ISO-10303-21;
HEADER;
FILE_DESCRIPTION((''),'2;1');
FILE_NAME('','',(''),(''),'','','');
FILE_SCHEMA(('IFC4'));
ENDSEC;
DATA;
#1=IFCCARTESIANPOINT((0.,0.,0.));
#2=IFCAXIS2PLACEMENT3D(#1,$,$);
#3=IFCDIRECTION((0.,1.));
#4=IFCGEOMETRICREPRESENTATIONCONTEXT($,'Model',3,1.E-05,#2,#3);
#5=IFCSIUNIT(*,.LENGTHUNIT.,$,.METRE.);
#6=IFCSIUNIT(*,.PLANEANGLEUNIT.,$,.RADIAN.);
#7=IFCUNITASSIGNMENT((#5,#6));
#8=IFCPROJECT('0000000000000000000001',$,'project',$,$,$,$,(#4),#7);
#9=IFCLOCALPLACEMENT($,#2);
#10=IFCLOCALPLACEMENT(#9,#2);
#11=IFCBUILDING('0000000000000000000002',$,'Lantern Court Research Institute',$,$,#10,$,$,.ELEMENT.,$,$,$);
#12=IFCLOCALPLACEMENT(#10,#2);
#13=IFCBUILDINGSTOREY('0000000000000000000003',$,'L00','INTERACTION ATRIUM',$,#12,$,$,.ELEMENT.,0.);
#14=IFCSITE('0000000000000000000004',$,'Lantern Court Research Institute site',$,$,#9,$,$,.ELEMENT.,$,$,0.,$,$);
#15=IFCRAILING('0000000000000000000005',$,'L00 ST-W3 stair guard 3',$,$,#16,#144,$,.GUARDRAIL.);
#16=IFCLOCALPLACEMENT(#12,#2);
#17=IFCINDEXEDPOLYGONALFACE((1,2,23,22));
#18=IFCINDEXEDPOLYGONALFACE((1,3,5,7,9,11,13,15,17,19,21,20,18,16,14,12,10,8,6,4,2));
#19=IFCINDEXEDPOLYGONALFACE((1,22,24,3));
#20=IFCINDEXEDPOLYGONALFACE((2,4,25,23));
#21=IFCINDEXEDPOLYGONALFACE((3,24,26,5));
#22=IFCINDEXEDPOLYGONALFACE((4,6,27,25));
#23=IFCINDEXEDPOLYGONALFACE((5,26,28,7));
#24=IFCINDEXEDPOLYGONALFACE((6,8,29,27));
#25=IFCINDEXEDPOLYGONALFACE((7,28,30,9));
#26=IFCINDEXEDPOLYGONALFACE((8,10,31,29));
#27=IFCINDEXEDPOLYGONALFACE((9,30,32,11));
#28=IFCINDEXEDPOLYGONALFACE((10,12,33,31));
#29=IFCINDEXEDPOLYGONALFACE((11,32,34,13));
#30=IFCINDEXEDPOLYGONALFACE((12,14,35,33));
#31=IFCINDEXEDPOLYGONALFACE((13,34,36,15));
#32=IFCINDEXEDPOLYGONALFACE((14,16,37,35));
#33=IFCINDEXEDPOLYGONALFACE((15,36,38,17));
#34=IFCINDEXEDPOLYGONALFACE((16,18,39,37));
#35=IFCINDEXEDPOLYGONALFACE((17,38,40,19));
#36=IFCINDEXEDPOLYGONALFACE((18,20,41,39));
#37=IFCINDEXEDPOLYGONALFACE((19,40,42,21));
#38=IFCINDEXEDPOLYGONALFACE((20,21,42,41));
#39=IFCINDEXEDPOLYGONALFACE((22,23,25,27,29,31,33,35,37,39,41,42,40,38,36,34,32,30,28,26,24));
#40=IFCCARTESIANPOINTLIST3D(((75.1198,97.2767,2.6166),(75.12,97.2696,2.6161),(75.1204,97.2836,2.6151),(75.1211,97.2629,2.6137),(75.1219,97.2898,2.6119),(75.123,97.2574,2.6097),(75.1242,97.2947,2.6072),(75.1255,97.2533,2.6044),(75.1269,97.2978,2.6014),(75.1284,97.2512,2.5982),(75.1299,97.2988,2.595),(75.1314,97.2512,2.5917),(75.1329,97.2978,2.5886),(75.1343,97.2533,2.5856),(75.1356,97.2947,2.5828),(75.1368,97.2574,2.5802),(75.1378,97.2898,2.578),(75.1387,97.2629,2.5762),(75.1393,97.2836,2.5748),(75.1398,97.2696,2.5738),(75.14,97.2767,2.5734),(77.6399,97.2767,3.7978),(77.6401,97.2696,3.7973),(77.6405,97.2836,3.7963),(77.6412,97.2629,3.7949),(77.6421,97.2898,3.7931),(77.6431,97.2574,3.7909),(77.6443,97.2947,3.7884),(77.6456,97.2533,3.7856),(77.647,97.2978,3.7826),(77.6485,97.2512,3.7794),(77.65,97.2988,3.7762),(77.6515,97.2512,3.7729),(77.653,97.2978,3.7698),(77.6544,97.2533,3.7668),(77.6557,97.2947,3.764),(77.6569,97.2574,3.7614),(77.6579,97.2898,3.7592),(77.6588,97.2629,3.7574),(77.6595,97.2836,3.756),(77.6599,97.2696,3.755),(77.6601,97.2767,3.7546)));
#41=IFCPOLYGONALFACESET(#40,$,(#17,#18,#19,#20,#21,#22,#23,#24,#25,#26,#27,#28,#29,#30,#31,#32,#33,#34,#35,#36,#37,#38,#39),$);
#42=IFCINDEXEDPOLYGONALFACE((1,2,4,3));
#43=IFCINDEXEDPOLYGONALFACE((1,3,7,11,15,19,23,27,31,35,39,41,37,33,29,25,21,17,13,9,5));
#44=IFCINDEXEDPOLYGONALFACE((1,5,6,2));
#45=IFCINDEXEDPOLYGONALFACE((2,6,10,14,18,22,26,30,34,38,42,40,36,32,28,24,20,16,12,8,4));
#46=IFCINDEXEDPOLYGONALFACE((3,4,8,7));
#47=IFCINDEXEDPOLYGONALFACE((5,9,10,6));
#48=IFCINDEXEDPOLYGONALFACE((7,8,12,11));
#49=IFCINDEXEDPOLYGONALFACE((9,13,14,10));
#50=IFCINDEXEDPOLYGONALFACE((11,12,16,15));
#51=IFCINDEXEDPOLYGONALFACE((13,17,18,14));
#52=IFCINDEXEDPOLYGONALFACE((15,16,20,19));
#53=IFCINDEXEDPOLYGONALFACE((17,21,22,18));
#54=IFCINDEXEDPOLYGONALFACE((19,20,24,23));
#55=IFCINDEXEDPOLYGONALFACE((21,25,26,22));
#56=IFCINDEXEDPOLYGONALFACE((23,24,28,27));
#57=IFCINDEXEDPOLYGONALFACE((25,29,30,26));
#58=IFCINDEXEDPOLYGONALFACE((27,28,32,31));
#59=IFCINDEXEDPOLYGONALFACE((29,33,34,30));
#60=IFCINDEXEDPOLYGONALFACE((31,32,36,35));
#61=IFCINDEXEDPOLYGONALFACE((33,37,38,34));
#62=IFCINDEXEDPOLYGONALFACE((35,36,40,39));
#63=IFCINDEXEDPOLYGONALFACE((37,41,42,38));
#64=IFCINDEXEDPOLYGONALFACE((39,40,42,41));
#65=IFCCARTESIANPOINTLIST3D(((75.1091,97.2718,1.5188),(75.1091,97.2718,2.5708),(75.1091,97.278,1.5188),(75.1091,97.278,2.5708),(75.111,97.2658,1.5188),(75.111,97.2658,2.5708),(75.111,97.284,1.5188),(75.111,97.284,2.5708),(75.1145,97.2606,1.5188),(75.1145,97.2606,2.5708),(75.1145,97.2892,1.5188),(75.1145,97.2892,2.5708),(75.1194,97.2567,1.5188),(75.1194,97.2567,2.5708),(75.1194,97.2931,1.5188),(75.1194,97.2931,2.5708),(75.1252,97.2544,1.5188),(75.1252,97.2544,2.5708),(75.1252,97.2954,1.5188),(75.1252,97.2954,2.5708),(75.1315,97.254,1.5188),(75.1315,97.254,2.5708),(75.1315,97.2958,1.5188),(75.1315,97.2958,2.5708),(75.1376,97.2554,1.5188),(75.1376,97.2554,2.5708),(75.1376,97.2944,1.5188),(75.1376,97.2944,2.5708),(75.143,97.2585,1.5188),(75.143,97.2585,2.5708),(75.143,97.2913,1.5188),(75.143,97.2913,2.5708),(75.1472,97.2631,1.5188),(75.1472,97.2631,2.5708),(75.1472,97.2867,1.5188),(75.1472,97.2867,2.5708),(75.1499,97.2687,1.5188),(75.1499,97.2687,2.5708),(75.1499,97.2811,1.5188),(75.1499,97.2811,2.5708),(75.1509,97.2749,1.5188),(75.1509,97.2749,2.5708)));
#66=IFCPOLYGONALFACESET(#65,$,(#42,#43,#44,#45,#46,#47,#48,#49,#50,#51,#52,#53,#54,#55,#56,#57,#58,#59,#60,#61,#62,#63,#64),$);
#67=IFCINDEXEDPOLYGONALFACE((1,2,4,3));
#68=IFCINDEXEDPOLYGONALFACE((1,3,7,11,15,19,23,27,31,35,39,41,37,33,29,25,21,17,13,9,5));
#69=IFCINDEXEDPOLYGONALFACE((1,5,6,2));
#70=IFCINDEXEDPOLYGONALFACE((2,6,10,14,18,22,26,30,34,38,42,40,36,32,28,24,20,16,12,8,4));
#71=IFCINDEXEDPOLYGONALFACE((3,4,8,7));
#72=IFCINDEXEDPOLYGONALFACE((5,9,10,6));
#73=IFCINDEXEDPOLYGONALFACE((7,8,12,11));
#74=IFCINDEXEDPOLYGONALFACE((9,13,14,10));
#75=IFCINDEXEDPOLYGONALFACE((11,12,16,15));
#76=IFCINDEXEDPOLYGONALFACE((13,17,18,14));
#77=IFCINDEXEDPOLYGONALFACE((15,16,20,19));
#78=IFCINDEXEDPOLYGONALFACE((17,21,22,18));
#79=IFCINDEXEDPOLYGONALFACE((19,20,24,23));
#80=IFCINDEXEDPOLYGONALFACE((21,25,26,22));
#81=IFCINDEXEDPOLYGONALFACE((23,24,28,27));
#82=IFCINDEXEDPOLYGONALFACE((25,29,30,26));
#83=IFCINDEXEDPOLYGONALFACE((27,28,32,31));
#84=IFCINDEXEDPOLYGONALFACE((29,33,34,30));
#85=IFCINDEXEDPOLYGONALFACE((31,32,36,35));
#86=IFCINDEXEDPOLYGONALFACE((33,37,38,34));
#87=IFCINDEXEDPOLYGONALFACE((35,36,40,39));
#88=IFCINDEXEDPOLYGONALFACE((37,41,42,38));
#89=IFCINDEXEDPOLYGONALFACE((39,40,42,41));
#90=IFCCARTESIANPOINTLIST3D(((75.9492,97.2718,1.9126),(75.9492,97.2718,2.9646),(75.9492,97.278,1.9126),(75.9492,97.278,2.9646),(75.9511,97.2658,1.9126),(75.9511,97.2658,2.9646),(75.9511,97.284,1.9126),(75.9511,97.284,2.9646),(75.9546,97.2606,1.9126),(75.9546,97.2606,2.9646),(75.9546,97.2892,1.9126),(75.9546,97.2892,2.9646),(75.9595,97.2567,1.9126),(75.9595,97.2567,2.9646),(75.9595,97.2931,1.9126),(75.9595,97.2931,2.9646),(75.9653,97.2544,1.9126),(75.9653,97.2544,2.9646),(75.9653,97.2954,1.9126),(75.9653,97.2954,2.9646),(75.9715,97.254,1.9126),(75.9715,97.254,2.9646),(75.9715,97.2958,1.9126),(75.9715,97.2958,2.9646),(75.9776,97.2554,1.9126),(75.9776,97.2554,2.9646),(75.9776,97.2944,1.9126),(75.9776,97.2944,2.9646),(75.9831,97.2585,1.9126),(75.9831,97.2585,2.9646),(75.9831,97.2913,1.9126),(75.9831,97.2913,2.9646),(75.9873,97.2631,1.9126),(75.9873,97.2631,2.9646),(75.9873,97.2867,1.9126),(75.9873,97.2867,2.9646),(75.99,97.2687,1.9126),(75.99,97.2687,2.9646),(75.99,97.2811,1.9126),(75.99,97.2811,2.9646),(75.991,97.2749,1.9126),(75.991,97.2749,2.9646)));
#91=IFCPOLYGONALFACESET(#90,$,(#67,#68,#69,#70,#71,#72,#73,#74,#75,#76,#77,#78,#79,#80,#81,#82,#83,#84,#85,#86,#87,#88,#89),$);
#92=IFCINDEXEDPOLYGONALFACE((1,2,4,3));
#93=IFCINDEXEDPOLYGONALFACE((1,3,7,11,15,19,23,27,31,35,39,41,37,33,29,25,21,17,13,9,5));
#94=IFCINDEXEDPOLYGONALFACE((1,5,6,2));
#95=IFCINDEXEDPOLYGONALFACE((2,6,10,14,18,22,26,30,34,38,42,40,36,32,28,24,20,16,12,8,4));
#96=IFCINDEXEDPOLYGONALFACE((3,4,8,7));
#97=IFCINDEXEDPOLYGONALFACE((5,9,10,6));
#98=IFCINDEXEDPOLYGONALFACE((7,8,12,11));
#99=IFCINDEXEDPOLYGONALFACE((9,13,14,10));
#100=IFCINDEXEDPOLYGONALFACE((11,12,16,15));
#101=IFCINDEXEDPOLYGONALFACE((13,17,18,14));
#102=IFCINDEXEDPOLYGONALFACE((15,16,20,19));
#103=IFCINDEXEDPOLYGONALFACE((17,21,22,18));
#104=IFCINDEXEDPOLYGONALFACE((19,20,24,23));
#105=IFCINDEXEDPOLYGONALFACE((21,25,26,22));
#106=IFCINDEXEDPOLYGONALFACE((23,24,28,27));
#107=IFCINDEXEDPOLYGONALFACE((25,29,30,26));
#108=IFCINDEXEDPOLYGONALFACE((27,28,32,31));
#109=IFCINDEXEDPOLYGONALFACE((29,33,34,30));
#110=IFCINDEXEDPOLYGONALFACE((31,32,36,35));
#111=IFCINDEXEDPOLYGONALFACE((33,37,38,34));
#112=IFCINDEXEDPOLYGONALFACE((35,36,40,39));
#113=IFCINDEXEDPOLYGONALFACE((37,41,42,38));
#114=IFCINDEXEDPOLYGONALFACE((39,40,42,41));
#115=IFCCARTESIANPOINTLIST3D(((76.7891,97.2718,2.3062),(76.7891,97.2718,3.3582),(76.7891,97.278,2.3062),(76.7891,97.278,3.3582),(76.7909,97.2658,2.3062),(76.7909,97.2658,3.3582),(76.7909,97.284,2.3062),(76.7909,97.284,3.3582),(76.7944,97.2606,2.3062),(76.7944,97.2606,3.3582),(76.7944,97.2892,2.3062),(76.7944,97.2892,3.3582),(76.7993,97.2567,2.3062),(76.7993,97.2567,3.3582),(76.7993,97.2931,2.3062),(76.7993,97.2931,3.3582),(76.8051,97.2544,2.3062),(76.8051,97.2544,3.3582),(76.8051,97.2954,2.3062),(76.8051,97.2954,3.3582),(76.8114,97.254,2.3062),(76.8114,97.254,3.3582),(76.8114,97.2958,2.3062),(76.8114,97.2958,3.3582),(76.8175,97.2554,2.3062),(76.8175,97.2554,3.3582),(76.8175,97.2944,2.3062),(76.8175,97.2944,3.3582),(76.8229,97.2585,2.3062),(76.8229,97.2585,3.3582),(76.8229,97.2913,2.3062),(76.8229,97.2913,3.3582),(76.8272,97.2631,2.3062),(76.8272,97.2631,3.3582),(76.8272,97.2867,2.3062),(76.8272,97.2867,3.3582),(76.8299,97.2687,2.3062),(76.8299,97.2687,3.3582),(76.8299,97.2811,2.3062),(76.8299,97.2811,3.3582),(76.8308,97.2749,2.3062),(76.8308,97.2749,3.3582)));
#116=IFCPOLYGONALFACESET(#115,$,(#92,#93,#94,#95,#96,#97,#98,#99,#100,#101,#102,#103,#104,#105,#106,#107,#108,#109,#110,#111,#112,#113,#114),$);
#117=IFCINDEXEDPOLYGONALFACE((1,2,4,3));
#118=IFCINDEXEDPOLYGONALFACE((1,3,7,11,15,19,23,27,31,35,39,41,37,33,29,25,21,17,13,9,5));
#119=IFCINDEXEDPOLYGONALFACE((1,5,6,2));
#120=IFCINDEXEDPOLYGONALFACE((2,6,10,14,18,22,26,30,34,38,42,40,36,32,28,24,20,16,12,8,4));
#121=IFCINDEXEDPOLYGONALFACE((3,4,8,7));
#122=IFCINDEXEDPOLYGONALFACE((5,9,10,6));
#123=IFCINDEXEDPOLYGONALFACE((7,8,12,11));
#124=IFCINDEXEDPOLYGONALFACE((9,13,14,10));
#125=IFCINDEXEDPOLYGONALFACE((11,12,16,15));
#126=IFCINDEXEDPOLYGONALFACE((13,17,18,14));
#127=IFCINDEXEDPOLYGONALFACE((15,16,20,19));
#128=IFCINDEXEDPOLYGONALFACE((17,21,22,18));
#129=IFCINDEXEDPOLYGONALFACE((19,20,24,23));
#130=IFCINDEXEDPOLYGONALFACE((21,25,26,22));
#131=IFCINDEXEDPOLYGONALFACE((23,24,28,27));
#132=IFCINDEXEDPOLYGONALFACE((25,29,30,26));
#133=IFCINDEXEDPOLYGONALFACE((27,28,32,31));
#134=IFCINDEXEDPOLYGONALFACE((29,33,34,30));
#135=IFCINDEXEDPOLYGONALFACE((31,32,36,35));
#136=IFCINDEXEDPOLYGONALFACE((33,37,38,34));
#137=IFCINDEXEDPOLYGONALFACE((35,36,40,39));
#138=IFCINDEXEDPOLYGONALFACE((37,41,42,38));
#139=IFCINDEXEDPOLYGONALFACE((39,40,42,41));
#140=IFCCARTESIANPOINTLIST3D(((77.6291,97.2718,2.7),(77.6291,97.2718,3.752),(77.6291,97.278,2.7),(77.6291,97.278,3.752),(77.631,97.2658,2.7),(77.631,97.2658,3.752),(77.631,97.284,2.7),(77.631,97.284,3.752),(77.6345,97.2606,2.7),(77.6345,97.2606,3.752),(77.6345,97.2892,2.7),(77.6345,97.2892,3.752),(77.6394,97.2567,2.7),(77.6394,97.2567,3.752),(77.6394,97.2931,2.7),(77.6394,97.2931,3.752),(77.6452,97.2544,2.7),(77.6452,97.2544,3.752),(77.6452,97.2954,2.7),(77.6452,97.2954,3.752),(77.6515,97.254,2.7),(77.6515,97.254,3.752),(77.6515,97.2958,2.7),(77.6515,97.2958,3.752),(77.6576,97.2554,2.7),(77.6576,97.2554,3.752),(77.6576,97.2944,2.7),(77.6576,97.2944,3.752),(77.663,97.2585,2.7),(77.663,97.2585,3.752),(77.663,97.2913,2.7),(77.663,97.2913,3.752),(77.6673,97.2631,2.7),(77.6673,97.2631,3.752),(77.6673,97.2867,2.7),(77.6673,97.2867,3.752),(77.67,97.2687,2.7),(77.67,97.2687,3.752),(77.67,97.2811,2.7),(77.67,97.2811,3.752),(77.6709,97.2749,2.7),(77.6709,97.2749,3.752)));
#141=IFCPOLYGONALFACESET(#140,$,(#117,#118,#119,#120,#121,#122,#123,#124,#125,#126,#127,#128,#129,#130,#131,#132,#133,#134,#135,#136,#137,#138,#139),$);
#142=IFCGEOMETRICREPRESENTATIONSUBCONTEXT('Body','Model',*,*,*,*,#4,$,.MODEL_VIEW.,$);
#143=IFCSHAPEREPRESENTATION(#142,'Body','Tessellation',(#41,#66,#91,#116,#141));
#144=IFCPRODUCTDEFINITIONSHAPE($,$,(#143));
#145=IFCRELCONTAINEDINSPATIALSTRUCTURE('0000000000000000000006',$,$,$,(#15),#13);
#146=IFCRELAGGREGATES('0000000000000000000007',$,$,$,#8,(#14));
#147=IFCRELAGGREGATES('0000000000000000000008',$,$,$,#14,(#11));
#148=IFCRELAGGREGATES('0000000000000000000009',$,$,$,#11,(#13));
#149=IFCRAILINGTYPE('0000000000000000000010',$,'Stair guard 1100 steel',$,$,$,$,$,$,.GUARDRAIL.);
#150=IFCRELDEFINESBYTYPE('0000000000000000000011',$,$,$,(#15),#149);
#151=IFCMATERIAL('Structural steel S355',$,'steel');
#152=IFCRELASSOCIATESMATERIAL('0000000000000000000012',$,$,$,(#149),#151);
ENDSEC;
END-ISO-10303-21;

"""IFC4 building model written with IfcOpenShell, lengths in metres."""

from ifc_helpers import new_model, si_unit, direction, frame, origin, origin_2d, place, context, subcontext, project, spatial, circle, extrude, material, type_object, element, save


model = new_model("IFC4")

# Units and contexts
model_context = context("Model", 3, precision=1e-05, world=origin(), true_north=direction((0.0, 1.0)))
body_context = subcontext(model_context, "Body", "Model", "MODEL_VIEW")
ifc_project = project(units=[si_unit("LENGTHUNIT", "METRE"), si_unit("PLANEANGLEUNIT", "RADIAN")], contexts=[model_context])

# Site, building, storey
site_placement = place(None, origin())
site = spatial("IfcSite", under=ifc_project, at=site_placement, Name="Lantern Court Research Institute site", CompositionType="ELEMENT", RefElevation=0.0)
building_placement = place(site_placement, origin())
building = spatial("IfcBuilding", under=site, at=building_placement, Name="Lantern Court Research Institute", CompositionType="ELEMENT")
storey_placement = place(building_placement, origin())
storey = spatial("IfcBuildingStorey", under=building, at=storey_placement, Name="L00", Description="INTERACTION ATRIUM", CompositionType="ELEMENT", Elevation=0.0)

# Railing
ifc_material_1 = material(Name="Structural steel S355", Category="steel")
railing_type_1 = type_object("IfcRailingType", Name="Stair guard 1100 steel", PredefinedType="GUARDRAIL", material=ifc_material_1)
railing_1_placement = place(storey_placement, frame((75.1299, 97.2749, 1.5188)))
element("IfcRailing", 1, at=railing_1_placement, inside=storey, type_object=railing_type_1, Name="L00 ST-W3 stair guard 3", PredefinedType="GUARDRAIL", context=body_context, shape_type="SweptSolid", body=[
    extrude(circle(Radius=0.0239, at=origin_2d()), frame((0.0, 0.0, 1.0762), z_axis=(0.905474, 0.0, 0.424402), x_axis=(0.0, 1.0, 0.0)), (0.0, 0.0, 1.0), 2.7832),
    extrude(circle(Radius=0.021, at=origin_2d()), origin(), (0.0, 0.0, 1.0), 1.052),
    extrude(circle(Radius=0.021, at=origin_2d()), frame((0.8401, 0.0, 0.3938)), (0.0, 0.0, 1.0), 1.052),
    extrude(circle(Radius=0.021, at=origin_2d()), frame((1.6799, 0.0, 0.7874)), (0.0, 0.0, 1.0), 1.052),
    extrude(circle(Radius=0.021, at=origin_2d()), frame((2.52, 0.0, 1.1812)), (0.0, 0.0, 1.0), 1.052),
])

save(model, "model.ifc")
